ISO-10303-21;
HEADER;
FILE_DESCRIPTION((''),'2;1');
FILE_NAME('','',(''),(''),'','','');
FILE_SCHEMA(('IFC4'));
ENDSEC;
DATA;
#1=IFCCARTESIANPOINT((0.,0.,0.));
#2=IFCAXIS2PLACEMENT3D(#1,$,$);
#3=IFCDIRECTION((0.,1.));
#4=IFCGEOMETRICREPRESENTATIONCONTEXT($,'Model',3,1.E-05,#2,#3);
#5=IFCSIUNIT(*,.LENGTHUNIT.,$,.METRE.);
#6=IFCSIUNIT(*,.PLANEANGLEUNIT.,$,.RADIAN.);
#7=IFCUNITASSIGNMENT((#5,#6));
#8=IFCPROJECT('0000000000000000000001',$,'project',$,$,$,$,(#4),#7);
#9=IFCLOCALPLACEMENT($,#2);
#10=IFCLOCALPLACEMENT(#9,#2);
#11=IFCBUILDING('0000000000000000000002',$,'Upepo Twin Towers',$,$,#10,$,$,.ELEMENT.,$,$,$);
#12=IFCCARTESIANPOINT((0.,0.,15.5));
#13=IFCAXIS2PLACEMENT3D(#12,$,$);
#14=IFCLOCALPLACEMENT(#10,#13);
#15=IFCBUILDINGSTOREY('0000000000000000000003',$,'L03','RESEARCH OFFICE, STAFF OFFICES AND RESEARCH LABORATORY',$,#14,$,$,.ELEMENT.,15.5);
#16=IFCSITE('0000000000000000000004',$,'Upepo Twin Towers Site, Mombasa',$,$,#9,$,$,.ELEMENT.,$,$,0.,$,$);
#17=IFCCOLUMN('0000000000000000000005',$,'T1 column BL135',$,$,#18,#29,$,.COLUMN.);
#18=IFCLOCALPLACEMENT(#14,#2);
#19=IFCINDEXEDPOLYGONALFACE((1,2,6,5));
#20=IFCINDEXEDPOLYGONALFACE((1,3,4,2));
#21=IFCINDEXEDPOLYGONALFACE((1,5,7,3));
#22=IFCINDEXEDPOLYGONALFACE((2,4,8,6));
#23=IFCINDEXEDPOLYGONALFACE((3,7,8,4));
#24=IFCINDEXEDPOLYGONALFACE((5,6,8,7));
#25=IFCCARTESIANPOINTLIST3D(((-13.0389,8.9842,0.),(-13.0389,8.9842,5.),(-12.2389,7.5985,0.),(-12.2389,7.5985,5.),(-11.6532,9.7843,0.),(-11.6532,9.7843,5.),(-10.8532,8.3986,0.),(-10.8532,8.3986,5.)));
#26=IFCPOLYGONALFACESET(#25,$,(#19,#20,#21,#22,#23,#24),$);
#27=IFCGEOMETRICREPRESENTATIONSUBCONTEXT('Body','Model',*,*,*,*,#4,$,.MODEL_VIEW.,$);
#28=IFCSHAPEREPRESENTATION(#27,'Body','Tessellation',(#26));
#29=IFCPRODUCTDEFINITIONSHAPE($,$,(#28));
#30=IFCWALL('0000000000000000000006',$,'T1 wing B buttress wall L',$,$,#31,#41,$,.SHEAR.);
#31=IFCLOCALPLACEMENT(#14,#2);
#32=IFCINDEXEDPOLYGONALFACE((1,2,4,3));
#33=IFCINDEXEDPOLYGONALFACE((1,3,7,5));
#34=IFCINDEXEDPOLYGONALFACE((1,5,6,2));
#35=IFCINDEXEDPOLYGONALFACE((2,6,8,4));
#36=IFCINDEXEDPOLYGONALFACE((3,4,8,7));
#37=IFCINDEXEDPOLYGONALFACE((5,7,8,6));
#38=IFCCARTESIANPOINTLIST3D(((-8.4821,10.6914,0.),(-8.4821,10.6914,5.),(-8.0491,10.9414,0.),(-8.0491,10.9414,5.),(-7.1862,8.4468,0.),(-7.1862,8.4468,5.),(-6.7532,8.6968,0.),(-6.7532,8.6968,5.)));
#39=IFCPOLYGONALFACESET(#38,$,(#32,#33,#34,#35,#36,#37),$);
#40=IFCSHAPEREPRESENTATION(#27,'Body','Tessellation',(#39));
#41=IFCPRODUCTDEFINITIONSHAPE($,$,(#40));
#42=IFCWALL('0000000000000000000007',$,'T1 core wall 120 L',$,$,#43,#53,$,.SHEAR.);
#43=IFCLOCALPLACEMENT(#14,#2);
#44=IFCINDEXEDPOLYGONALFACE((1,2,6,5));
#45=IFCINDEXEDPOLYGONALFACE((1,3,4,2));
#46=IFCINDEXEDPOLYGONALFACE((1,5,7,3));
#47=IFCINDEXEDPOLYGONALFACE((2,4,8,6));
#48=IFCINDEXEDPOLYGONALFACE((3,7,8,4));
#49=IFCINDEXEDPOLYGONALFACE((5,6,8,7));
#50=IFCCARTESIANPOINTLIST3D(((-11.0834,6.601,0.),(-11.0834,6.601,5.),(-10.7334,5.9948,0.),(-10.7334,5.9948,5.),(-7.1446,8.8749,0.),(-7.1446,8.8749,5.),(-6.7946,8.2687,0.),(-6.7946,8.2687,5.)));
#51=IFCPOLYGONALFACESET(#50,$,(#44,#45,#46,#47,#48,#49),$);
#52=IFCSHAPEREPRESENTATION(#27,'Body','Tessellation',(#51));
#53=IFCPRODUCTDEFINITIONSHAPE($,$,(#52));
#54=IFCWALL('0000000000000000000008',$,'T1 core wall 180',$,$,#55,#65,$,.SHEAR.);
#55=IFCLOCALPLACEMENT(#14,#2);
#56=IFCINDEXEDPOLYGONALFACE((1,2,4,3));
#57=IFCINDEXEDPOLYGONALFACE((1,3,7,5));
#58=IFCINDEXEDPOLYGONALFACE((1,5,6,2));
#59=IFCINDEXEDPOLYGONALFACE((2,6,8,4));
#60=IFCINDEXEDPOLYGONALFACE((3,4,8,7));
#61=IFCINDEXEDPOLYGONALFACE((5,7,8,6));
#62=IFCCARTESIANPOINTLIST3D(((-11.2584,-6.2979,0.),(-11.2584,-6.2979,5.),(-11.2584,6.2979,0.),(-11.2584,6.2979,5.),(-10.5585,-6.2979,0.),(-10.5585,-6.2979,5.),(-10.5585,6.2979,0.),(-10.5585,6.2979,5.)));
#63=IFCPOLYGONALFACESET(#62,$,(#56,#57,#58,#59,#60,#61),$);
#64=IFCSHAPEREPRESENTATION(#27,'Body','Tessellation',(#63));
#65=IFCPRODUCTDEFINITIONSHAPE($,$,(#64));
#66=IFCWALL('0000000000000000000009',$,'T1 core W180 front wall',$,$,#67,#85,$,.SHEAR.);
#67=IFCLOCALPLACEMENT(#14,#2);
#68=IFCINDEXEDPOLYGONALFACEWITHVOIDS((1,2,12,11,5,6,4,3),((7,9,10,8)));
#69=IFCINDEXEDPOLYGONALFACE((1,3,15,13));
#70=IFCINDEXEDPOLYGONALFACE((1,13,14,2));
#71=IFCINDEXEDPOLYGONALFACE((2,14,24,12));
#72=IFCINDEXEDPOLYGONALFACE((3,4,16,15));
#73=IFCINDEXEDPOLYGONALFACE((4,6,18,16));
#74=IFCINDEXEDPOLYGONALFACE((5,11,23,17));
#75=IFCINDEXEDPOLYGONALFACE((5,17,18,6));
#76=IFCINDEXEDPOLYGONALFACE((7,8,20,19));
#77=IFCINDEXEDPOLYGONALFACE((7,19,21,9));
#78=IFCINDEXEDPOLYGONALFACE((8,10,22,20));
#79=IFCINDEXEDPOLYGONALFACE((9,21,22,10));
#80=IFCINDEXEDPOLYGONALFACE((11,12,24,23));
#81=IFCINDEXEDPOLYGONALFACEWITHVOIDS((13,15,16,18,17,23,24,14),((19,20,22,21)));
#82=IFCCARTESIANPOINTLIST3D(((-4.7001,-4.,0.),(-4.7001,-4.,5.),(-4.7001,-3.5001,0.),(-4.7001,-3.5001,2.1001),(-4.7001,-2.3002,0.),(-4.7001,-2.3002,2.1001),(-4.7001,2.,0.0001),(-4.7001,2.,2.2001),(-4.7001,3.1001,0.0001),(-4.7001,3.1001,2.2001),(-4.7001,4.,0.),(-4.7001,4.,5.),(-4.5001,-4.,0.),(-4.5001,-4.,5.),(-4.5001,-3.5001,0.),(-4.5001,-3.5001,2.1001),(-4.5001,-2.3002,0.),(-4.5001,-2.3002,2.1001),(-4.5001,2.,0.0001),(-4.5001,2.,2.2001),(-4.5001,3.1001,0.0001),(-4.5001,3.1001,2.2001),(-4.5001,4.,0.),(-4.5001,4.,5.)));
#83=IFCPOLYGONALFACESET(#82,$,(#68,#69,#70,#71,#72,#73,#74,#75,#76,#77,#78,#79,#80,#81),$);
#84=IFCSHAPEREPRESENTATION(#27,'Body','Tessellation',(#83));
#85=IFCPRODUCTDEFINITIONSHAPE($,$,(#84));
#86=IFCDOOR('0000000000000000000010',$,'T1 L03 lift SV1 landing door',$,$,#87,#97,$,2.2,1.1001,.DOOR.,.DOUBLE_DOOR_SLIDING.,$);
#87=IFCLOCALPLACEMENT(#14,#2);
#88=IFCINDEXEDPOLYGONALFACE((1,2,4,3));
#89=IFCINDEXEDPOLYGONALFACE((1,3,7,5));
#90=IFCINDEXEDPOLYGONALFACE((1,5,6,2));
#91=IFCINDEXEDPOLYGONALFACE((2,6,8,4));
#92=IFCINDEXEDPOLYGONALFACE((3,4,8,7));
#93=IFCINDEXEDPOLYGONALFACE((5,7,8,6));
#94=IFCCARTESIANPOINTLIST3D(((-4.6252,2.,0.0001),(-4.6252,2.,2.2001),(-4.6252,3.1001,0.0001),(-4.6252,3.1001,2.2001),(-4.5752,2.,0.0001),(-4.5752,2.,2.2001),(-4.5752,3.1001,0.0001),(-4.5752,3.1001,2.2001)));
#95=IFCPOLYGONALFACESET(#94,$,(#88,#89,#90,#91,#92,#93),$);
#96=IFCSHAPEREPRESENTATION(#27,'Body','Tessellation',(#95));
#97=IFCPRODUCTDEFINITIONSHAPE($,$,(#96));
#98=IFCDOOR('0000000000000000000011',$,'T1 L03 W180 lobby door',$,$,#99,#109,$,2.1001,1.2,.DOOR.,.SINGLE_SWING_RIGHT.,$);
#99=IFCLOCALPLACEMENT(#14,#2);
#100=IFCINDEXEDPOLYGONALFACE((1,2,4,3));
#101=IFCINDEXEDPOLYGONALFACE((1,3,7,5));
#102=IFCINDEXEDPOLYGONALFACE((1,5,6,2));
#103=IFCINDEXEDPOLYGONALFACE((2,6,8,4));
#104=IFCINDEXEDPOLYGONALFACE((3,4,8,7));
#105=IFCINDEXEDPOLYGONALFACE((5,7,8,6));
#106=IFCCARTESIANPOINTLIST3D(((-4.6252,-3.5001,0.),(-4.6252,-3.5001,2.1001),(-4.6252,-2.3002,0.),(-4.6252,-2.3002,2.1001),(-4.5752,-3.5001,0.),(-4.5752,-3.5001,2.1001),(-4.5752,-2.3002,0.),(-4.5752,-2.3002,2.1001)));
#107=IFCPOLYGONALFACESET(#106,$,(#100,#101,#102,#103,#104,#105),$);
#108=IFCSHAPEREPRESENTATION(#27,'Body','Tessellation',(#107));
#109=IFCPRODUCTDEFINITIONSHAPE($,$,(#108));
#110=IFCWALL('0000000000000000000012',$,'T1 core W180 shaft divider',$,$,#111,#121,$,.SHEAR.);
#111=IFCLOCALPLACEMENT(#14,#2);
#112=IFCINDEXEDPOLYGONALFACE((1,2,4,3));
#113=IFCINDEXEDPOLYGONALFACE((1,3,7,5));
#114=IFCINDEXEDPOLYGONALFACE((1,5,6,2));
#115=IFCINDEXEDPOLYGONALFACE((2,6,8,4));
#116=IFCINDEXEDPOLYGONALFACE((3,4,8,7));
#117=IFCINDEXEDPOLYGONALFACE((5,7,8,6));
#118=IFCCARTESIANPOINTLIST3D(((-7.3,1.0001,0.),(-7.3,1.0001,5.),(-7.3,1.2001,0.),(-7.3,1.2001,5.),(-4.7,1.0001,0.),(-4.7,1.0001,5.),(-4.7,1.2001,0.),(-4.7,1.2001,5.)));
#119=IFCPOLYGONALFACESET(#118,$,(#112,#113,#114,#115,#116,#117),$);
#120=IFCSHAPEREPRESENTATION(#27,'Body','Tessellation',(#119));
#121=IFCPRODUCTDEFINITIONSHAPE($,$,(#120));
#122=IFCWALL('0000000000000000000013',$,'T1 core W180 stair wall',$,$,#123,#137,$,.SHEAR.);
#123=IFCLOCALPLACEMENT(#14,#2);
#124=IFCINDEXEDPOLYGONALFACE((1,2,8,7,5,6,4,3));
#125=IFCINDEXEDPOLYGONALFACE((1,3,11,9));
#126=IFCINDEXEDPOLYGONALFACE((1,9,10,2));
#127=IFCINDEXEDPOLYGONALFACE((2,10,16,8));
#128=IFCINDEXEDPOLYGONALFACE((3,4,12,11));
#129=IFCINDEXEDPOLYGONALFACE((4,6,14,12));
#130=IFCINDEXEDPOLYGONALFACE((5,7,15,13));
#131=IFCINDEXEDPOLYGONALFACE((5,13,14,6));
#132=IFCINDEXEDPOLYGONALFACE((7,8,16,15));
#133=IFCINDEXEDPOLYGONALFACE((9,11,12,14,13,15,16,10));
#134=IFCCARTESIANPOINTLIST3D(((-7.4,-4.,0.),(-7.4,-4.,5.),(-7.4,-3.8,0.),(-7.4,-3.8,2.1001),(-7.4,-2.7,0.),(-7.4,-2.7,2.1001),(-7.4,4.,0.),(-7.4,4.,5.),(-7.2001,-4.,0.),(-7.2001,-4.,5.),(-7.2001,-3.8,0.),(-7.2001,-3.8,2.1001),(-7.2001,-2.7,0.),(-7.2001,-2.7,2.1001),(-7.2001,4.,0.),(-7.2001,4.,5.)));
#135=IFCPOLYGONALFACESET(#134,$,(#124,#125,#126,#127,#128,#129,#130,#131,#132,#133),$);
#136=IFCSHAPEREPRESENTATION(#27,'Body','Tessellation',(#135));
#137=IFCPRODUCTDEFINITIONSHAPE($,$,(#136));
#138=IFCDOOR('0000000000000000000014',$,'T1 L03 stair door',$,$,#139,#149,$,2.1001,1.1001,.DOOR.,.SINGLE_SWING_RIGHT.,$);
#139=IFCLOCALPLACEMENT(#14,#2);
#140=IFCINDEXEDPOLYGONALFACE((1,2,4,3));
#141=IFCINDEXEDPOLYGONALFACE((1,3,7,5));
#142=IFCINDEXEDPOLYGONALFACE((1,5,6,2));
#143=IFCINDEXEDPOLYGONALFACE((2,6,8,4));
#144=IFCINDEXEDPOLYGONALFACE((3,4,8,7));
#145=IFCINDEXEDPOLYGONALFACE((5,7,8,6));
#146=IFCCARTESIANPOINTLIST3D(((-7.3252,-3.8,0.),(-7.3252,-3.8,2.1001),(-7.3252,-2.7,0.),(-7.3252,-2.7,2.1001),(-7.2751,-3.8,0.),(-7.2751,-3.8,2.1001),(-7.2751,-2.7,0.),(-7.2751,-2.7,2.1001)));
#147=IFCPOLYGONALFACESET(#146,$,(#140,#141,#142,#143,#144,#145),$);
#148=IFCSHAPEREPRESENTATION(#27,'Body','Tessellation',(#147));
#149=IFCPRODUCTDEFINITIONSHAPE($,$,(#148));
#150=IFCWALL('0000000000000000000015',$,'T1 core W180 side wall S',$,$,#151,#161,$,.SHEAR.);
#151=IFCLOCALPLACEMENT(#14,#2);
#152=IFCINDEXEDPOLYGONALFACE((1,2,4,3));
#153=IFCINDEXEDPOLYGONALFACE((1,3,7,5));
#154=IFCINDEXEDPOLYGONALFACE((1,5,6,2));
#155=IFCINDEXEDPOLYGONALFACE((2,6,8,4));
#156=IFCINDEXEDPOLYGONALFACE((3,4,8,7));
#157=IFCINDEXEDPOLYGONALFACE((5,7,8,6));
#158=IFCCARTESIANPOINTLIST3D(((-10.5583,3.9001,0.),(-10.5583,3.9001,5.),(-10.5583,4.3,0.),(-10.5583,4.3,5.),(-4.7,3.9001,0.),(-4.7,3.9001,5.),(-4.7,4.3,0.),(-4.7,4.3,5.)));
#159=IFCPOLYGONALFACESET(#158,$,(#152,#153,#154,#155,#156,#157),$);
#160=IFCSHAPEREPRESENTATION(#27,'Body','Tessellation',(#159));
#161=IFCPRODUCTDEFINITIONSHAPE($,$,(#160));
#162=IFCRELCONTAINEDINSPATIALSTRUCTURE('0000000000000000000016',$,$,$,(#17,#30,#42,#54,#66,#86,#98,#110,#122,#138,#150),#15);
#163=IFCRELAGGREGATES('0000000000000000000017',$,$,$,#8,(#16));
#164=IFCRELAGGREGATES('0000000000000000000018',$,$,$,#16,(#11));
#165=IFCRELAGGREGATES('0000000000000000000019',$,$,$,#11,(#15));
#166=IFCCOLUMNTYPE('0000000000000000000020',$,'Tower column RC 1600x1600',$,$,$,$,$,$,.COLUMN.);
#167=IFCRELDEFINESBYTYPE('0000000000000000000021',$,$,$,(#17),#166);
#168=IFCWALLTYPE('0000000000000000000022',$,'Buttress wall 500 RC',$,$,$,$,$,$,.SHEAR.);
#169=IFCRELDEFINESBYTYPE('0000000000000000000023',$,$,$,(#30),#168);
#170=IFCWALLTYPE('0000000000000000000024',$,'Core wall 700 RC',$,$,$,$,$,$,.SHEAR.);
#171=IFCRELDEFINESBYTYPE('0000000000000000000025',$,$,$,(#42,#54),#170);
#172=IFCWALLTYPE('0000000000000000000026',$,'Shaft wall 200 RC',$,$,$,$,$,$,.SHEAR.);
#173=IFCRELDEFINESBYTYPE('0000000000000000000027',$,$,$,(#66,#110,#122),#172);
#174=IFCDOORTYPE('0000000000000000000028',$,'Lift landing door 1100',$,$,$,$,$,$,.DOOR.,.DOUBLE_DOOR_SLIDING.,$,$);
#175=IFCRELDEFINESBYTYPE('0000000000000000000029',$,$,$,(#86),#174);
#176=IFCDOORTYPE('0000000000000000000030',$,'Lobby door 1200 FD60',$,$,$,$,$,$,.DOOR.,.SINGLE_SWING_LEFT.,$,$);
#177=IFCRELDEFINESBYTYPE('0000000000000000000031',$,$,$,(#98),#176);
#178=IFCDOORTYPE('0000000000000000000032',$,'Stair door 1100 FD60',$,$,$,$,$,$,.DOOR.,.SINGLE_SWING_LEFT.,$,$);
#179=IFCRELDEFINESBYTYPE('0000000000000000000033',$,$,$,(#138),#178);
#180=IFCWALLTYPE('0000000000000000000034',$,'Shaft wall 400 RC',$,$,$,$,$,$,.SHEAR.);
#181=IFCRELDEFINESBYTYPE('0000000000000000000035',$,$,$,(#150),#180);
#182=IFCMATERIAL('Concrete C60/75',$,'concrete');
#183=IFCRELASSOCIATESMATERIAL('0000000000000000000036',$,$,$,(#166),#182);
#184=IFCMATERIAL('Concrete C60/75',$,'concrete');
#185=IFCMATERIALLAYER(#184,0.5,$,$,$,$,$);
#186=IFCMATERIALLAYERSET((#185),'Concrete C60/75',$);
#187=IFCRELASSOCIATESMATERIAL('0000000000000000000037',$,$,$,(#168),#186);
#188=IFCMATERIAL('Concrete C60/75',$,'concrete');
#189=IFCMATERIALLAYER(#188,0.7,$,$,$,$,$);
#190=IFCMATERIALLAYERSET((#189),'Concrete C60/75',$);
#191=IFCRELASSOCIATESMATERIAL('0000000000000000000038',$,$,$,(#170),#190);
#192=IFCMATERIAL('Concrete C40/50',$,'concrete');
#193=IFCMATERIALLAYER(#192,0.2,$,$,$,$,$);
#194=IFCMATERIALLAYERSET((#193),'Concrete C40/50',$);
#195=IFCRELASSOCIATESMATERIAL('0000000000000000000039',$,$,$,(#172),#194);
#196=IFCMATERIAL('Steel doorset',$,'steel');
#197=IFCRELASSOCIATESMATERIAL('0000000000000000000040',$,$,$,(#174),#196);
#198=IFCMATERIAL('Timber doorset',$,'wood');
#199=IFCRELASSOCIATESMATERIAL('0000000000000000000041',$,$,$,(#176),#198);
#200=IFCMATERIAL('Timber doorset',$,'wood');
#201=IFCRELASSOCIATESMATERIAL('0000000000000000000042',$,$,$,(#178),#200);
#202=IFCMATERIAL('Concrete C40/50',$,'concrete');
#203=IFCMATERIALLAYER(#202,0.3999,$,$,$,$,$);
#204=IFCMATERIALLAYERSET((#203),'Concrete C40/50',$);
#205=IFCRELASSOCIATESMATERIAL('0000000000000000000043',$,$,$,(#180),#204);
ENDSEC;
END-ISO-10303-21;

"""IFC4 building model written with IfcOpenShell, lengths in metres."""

from ifc_helpers import new_model, si_unit, direction, frame, frame_2d, origin, origin_2d, place, context, subcontext, project, spatial, rectangle, extrude, material, layer, layer_set, material_profile, profile_set, type_object, element, fill, save


model = new_model("IFC4")

# Units and contexts
model_context = context("Model", 3, precision=1e-05, world=origin(), true_north=direction((0.0, 1.0)))
body_context = subcontext(model_context, "Body", "Model", "MODEL_VIEW")
ifc_project = project(units=[si_unit("LENGTHUNIT", "METRE"), si_unit("PLANEANGLEUNIT", "RADIAN")], contexts=[model_context])

# Site, building, storey
site_placement = place(None, origin())
site = spatial("IfcSite", under=ifc_project, at=site_placement, Name="Upepo Twin Towers Site, Mombasa", CompositionType="ELEMENT", RefElevation=0.0)
building_placement = place(site_placement, origin())
building = spatial("IfcBuilding", under=site, at=building_placement, Name="Upepo Twin Towers", CompositionType="ELEMENT")
storey_placement = place(building_placement, frame((0.0, 0.0, 15.5)))
storey = spatial("IfcBuildingStorey", under=building, at=storey_placement, Name="L03", Description="RESEARCH OFFICE, STAFF OFFICES AND RESEARCH LABORATORY", CompositionType="ELEMENT", Elevation=15.5)

# Column
ifc_material_1 = material(Name="Concrete C60/75", Category="concrete")
ifc_material_profile = material_profile(ifc_material_1, rectangle(XDim=1.6001, YDim=1.6001, at=origin_2d()), Name="RC 1600x1600")
ifc_profile_set = profile_set([ifc_material_profile], Name="Concrete C60/75")
column_type = type_object("IfcColumnType", Name="Tower column RC 1600x1600", PredefinedType="COLUMN", material=ifc_profile_set)
column_placement = place(storey_placement, frame((-11.946, 8.6914, 0.0), z_axis=(0.0, 0.0, 1.0), x_axis=(0.866025, 0.5, 0.0)))
element("IfcColumn", 1, at=column_placement, inside=storey, type_object=column_type, Name="T1 column BL135", PredefinedType="COLUMN", context=body_context, shape_type="SweptSolid", body=[
    extrude(rectangle(XDim=1.6001, YDim=1.6001, at=origin_2d()), origin(), (0.0, 0.0, 1.0), 5.0),
])

# Walls
ifc_material_2 = material(Name="Concrete C60/75", Category="concrete")
ifc_layer_1 = layer(ifc_material_2, 0.5)
ifc_layer_set_1 = layer_set([ifc_layer_1], Name="Concrete C60/75")
wall_type_1 = type_object("IfcWallType", Name="Buttress wall 500 RC", PredefinedType="SHEAR", material=ifc_layer_set_1)
wall_1_placement = place(storey_placement, frame((-6.9697, 8.5718, 0.0), z_axis=(0.0, 0.0, 1.0), x_axis=(-0.499989, 0.866032, 0.0)))
element("IfcWall", 2, at=wall_1_placement, inside=storey, type_object=wall_type_1, Name="T1 wing B buttress wall L", PredefinedType="SHEAR", context=body_context, shape_type="SweptSolid", body=[
    extrude(rectangle(XDim=2.5918, YDim=0.5, at=frame_2d((1.2959, 0.0))), origin(), (0.0, 0.0, 1.0), 5.0),
])
ifc_material_3 = material(Name="Concrete C60/75", Category="concrete")
ifc_layer_2 = layer(ifc_material_3, 0.7)
ifc_layer_set_2 = layer_set([ifc_layer_2], Name="Concrete C60/75")
wall_type_2 = type_object("IfcWallType", Name="Core wall 700 RC", PredefinedType="SHEAR", material=ifc_layer_set_2)
wall_2_placement = place(storey_placement, frame((-6.9697, 8.5718, 0.0), z_axis=(0.0, 0.0, 1.0), x_axis=(-0.866035, -0.499984, 0.0)))
element("IfcWall", 3, at=wall_2_placement, inside=storey, type_object=wall_type_2, Name="T1 core wall 120 L", PredefinedType="SHEAR", context=body_context, shape_type="SweptSolid", body=[
    extrude(rectangle(XDim=4.5481, YDim=0.7, at=frame_2d((2.2739, 0.0))), origin(), (0.0, 0.0, 1.0), 5.0),
])
wall_3_placement = place(storey_placement, frame((-10.9084, 6.2979, 0.0), z_axis=(0.0, 0.0, 1.0), x_axis=(0.0, -1.0, 0.0)))
element("IfcWall", 4, at=wall_3_placement, inside=storey, type_object=wall_type_2, Name="T1 core wall 180", PredefinedType="SHEAR", context=body_context, shape_type="SweptSolid", body=[
    extrude(rectangle(XDim=12.5957, YDim=0.7, at=frame_2d((6.2979, 0.0))), origin(), (0.0, 0.0, 1.0), 5.0),
])

# Wall, openings, doors
ifc_material_4 = material(Name="Concrete C40/50", Category="concrete")
ifc_layer_3 = layer(ifc_material_4, 0.2)
ifc_layer_set_3 = layer_set([ifc_layer_3], Name="Concrete C40/50")
wall_type_3 = type_object("IfcWallType", Name="Shaft wall 200 RC", PredefinedType="SHEAR", material=ifc_layer_set_3)
wall_4_placement = place(storey_placement, frame((-4.6001, 4.0, 0.0), z_axis=(0.0, 0.0, 1.0), x_axis=(0.0, -1.0, 0.0)))
wall_4 = element("IfcWall", 5, at=wall_4_placement, inside=storey, type_object=wall_type_3, Name="T1 core W180 front wall", PredefinedType="SHEAR", context=body_context, shape_type="SweptSolid", body=[
    extrude(rectangle(XDim=8.0, YDim=0.2, at=frame_2d((4.0, 0.0))), origin(), (0.0, 0.0, 1.0), 5.0),
])
opening_1_placement = place(wall_4_placement, frame((6.3, 0.0, 0.0)))
opening_1 = element("IfcOpeningElement", 6, at=opening_1_placement, cuts=wall_4, PredefinedType="OPENING", context=body_context, shape_type="SweptSolid", body=[
    extrude(rectangle(XDim=1.2, YDim=2.1001, at=frame_2d((0.6001, 1.05))), frame((0.0, 0.1099, 0.0), z_axis=(0.0, -1.0, 0.0), x_axis=(1.0, 0.0, 0.0)), (0.0, 0.0, 1.0), 0.22),
])
opening_2_placement = place(wall_4_placement, frame((0.8999, 0.0, 0.0)))
opening_2 = element("IfcOpeningElement", 7, at=opening_2_placement, cuts=wall_4, PredefinedType="OPENING", context=body_context, shape_type="SweptSolid", body=[
    extrude(rectangle(XDim=1.1001, YDim=2.2, at=frame_2d((0.55, 1.1001))), frame((0.0, 0.1099, 0.0), z_axis=(0.0, -1.0, 0.0), x_axis=(1.0, 0.0, 0.0)), (0.0, 0.0, 1.0), 0.22),
])
ifc_material_5 = material(Name="Steel doorset", Category="steel")
door_type_1 = type_object("IfcDoorType", Name="Lift landing door 1100", OperationType="DOUBLE_DOOR_SLIDING", PredefinedType="DOOR", material=ifc_material_5)
door_1_placement = place(opening_2_placement, origin())
door_1 = element("IfcDoor", 8, at=door_1_placement, inside=storey, type_object=door_type_1, Name="T1 L03 lift SV1 landing door", OperationType="DOUBLE_DOOR_SLIDING", OverallHeight=2.2, OverallWidth=1.1001, PredefinedType="DOOR", context=body_context, shape_type="SweptSolid", body=[
    extrude(rectangle(XDim=1.1001, YDim=2.2, at=frame_2d((0.55, 1.1001))), frame((0.0, 0.0249, 0.0), z_axis=(0.0, -1.0, 0.0), x_axis=(1.0, 0.0, 0.0)), (0.0, 0.0, 1.0), 0.05),
])
fill(opening_2, door_1)
ifc_material_6 = material(Name="Timber doorset", Category="wood")
door_type_2 = type_object("IfcDoorType", Name="Lobby door 1200 FD60", OperationType="SINGLE_SWING_LEFT", PredefinedType="DOOR", material=ifc_material_6)
door_2_placement = place(opening_1_placement, origin())
door_2 = element("IfcDoor", 9, at=door_2_placement, inside=storey, type_object=door_type_2, Name="T1 L03 W180 lobby door", OperationType="SINGLE_SWING_RIGHT", OverallHeight=2.1001, OverallWidth=1.2, PredefinedType="DOOR", context=body_context, shape_type="SweptSolid", body=[
    extrude(rectangle(XDim=1.2, YDim=2.1001, at=frame_2d((0.6001, 1.05))), frame((0.0, 0.0249, 0.0), z_axis=(0.0, -1.0, 0.0), x_axis=(1.0, 0.0, 0.0)), (0.0, 0.0, 1.0), 0.05),
])
fill(opening_1, door_2)

# Wall
wall_5_placement = place(storey_placement, frame((-4.7, 1.1001, 0.0), z_axis=(0.0, 0.0, 1.0), x_axis=(-1.0, 0.0, 0.0)))
element("IfcWall", 10, at=wall_5_placement, inside=storey, type_object=wall_type_3, Name="T1 core W180 shaft divider", PredefinedType="SHEAR", context=body_context, shape_type="SweptSolid", body=[
    extrude(rectangle(XDim=2.6001, YDim=0.2, at=frame_2d((1.3, 0.0))), origin(), (0.0, 0.0, 1.0), 5.0),
])

# Wall, opening, door
wall_6_placement = place(storey_placement, frame((-7.3, 4.0, 0.0), z_axis=(0.0, 0.0, 1.0), x_axis=(0.0, -1.0, 0.0)))
wall_6 = element("IfcWall", 11, at=wall_6_placement, inside=storey, type_object=wall_type_3, Name="T1 core W180 stair wall", PredefinedType="SHEAR", context=body_context, shape_type="SweptSolid", body=[
    extrude(rectangle(XDim=8.0, YDim=0.2, at=frame_2d((4.0, 0.0))), origin(), (0.0, 0.0, 1.0), 5.0),
])
opening_3_placement = place(wall_6_placement, frame((6.7, 0.0, 0.0)))
opening_3 = element("IfcOpeningElement", 12, at=opening_3_placement, cuts=wall_6, PredefinedType="OPENING", context=body_context, shape_type="SweptSolid", body=[
    extrude(rectangle(XDim=1.1001, YDim=2.1001, at=frame_2d((0.55, 1.05))), frame((0.0, 0.1099, 0.0), z_axis=(0.0, -1.0, 0.0), x_axis=(1.0, 0.0, 0.0)), (0.0, 0.0, 1.0), 0.22),
])
ifc_material_7 = material(Name="Timber doorset", Category="wood")
door_type_3 = type_object("IfcDoorType", Name="Stair door 1100 FD60", OperationType="SINGLE_SWING_LEFT", PredefinedType="DOOR", material=ifc_material_7)
door_3_placement = place(opening_3_placement, origin())
door_3 = element("IfcDoor", 13, at=door_3_placement, inside=storey, type_object=door_type_3, Name="T1 L03 stair door", OperationType="SINGLE_SWING_RIGHT", OverallHeight=2.1001, OverallWidth=1.1001, PredefinedType="DOOR", context=body_context, shape_type="SweptSolid", body=[
    extrude(rectangle(XDim=1.1001, YDim=2.1001, at=frame_2d((0.55, 1.05))), frame((0.0, 0.0249, 0.0), z_axis=(0.0, -1.0, 0.0), x_axis=(1.0, 0.0, 0.0)), (0.0, 0.0, 1.0), 0.05),
])
fill(opening_3, door_3)

# Wall
ifc_material_8 = material(Name="Concrete C40/50", Category="concrete")
ifc_layer_4 = layer(ifc_material_8, 0.3999)
ifc_layer_set_4 = layer_set([ifc_layer_4], Name="Concrete C40/50")
wall_type_4 = type_object("IfcWallType", Name="Shaft wall 400 RC", PredefinedType="SHEAR", material=ifc_layer_set_4)
wall_7_placement = place(storey_placement, frame((-4.7, 4.1001, 0.0), z_axis=(0.0, 0.0, 1.0), x_axis=(-1.0, 0.0, 0.0)))
element("IfcWall", 14, at=wall_7_placement, inside=storey, type_object=wall_type_4, Name="T1 core W180 side wall S", PredefinedType="SHEAR", context=body_context, shape_type="SweptSolid", body=[
    extrude(rectangle(XDim=5.8584, YDim=0.3999, at=frame_2d((2.9292, 0.0))), origin(), (0.0, 0.0, 1.0), 5.0),
])

save(model, "model.ifc")
